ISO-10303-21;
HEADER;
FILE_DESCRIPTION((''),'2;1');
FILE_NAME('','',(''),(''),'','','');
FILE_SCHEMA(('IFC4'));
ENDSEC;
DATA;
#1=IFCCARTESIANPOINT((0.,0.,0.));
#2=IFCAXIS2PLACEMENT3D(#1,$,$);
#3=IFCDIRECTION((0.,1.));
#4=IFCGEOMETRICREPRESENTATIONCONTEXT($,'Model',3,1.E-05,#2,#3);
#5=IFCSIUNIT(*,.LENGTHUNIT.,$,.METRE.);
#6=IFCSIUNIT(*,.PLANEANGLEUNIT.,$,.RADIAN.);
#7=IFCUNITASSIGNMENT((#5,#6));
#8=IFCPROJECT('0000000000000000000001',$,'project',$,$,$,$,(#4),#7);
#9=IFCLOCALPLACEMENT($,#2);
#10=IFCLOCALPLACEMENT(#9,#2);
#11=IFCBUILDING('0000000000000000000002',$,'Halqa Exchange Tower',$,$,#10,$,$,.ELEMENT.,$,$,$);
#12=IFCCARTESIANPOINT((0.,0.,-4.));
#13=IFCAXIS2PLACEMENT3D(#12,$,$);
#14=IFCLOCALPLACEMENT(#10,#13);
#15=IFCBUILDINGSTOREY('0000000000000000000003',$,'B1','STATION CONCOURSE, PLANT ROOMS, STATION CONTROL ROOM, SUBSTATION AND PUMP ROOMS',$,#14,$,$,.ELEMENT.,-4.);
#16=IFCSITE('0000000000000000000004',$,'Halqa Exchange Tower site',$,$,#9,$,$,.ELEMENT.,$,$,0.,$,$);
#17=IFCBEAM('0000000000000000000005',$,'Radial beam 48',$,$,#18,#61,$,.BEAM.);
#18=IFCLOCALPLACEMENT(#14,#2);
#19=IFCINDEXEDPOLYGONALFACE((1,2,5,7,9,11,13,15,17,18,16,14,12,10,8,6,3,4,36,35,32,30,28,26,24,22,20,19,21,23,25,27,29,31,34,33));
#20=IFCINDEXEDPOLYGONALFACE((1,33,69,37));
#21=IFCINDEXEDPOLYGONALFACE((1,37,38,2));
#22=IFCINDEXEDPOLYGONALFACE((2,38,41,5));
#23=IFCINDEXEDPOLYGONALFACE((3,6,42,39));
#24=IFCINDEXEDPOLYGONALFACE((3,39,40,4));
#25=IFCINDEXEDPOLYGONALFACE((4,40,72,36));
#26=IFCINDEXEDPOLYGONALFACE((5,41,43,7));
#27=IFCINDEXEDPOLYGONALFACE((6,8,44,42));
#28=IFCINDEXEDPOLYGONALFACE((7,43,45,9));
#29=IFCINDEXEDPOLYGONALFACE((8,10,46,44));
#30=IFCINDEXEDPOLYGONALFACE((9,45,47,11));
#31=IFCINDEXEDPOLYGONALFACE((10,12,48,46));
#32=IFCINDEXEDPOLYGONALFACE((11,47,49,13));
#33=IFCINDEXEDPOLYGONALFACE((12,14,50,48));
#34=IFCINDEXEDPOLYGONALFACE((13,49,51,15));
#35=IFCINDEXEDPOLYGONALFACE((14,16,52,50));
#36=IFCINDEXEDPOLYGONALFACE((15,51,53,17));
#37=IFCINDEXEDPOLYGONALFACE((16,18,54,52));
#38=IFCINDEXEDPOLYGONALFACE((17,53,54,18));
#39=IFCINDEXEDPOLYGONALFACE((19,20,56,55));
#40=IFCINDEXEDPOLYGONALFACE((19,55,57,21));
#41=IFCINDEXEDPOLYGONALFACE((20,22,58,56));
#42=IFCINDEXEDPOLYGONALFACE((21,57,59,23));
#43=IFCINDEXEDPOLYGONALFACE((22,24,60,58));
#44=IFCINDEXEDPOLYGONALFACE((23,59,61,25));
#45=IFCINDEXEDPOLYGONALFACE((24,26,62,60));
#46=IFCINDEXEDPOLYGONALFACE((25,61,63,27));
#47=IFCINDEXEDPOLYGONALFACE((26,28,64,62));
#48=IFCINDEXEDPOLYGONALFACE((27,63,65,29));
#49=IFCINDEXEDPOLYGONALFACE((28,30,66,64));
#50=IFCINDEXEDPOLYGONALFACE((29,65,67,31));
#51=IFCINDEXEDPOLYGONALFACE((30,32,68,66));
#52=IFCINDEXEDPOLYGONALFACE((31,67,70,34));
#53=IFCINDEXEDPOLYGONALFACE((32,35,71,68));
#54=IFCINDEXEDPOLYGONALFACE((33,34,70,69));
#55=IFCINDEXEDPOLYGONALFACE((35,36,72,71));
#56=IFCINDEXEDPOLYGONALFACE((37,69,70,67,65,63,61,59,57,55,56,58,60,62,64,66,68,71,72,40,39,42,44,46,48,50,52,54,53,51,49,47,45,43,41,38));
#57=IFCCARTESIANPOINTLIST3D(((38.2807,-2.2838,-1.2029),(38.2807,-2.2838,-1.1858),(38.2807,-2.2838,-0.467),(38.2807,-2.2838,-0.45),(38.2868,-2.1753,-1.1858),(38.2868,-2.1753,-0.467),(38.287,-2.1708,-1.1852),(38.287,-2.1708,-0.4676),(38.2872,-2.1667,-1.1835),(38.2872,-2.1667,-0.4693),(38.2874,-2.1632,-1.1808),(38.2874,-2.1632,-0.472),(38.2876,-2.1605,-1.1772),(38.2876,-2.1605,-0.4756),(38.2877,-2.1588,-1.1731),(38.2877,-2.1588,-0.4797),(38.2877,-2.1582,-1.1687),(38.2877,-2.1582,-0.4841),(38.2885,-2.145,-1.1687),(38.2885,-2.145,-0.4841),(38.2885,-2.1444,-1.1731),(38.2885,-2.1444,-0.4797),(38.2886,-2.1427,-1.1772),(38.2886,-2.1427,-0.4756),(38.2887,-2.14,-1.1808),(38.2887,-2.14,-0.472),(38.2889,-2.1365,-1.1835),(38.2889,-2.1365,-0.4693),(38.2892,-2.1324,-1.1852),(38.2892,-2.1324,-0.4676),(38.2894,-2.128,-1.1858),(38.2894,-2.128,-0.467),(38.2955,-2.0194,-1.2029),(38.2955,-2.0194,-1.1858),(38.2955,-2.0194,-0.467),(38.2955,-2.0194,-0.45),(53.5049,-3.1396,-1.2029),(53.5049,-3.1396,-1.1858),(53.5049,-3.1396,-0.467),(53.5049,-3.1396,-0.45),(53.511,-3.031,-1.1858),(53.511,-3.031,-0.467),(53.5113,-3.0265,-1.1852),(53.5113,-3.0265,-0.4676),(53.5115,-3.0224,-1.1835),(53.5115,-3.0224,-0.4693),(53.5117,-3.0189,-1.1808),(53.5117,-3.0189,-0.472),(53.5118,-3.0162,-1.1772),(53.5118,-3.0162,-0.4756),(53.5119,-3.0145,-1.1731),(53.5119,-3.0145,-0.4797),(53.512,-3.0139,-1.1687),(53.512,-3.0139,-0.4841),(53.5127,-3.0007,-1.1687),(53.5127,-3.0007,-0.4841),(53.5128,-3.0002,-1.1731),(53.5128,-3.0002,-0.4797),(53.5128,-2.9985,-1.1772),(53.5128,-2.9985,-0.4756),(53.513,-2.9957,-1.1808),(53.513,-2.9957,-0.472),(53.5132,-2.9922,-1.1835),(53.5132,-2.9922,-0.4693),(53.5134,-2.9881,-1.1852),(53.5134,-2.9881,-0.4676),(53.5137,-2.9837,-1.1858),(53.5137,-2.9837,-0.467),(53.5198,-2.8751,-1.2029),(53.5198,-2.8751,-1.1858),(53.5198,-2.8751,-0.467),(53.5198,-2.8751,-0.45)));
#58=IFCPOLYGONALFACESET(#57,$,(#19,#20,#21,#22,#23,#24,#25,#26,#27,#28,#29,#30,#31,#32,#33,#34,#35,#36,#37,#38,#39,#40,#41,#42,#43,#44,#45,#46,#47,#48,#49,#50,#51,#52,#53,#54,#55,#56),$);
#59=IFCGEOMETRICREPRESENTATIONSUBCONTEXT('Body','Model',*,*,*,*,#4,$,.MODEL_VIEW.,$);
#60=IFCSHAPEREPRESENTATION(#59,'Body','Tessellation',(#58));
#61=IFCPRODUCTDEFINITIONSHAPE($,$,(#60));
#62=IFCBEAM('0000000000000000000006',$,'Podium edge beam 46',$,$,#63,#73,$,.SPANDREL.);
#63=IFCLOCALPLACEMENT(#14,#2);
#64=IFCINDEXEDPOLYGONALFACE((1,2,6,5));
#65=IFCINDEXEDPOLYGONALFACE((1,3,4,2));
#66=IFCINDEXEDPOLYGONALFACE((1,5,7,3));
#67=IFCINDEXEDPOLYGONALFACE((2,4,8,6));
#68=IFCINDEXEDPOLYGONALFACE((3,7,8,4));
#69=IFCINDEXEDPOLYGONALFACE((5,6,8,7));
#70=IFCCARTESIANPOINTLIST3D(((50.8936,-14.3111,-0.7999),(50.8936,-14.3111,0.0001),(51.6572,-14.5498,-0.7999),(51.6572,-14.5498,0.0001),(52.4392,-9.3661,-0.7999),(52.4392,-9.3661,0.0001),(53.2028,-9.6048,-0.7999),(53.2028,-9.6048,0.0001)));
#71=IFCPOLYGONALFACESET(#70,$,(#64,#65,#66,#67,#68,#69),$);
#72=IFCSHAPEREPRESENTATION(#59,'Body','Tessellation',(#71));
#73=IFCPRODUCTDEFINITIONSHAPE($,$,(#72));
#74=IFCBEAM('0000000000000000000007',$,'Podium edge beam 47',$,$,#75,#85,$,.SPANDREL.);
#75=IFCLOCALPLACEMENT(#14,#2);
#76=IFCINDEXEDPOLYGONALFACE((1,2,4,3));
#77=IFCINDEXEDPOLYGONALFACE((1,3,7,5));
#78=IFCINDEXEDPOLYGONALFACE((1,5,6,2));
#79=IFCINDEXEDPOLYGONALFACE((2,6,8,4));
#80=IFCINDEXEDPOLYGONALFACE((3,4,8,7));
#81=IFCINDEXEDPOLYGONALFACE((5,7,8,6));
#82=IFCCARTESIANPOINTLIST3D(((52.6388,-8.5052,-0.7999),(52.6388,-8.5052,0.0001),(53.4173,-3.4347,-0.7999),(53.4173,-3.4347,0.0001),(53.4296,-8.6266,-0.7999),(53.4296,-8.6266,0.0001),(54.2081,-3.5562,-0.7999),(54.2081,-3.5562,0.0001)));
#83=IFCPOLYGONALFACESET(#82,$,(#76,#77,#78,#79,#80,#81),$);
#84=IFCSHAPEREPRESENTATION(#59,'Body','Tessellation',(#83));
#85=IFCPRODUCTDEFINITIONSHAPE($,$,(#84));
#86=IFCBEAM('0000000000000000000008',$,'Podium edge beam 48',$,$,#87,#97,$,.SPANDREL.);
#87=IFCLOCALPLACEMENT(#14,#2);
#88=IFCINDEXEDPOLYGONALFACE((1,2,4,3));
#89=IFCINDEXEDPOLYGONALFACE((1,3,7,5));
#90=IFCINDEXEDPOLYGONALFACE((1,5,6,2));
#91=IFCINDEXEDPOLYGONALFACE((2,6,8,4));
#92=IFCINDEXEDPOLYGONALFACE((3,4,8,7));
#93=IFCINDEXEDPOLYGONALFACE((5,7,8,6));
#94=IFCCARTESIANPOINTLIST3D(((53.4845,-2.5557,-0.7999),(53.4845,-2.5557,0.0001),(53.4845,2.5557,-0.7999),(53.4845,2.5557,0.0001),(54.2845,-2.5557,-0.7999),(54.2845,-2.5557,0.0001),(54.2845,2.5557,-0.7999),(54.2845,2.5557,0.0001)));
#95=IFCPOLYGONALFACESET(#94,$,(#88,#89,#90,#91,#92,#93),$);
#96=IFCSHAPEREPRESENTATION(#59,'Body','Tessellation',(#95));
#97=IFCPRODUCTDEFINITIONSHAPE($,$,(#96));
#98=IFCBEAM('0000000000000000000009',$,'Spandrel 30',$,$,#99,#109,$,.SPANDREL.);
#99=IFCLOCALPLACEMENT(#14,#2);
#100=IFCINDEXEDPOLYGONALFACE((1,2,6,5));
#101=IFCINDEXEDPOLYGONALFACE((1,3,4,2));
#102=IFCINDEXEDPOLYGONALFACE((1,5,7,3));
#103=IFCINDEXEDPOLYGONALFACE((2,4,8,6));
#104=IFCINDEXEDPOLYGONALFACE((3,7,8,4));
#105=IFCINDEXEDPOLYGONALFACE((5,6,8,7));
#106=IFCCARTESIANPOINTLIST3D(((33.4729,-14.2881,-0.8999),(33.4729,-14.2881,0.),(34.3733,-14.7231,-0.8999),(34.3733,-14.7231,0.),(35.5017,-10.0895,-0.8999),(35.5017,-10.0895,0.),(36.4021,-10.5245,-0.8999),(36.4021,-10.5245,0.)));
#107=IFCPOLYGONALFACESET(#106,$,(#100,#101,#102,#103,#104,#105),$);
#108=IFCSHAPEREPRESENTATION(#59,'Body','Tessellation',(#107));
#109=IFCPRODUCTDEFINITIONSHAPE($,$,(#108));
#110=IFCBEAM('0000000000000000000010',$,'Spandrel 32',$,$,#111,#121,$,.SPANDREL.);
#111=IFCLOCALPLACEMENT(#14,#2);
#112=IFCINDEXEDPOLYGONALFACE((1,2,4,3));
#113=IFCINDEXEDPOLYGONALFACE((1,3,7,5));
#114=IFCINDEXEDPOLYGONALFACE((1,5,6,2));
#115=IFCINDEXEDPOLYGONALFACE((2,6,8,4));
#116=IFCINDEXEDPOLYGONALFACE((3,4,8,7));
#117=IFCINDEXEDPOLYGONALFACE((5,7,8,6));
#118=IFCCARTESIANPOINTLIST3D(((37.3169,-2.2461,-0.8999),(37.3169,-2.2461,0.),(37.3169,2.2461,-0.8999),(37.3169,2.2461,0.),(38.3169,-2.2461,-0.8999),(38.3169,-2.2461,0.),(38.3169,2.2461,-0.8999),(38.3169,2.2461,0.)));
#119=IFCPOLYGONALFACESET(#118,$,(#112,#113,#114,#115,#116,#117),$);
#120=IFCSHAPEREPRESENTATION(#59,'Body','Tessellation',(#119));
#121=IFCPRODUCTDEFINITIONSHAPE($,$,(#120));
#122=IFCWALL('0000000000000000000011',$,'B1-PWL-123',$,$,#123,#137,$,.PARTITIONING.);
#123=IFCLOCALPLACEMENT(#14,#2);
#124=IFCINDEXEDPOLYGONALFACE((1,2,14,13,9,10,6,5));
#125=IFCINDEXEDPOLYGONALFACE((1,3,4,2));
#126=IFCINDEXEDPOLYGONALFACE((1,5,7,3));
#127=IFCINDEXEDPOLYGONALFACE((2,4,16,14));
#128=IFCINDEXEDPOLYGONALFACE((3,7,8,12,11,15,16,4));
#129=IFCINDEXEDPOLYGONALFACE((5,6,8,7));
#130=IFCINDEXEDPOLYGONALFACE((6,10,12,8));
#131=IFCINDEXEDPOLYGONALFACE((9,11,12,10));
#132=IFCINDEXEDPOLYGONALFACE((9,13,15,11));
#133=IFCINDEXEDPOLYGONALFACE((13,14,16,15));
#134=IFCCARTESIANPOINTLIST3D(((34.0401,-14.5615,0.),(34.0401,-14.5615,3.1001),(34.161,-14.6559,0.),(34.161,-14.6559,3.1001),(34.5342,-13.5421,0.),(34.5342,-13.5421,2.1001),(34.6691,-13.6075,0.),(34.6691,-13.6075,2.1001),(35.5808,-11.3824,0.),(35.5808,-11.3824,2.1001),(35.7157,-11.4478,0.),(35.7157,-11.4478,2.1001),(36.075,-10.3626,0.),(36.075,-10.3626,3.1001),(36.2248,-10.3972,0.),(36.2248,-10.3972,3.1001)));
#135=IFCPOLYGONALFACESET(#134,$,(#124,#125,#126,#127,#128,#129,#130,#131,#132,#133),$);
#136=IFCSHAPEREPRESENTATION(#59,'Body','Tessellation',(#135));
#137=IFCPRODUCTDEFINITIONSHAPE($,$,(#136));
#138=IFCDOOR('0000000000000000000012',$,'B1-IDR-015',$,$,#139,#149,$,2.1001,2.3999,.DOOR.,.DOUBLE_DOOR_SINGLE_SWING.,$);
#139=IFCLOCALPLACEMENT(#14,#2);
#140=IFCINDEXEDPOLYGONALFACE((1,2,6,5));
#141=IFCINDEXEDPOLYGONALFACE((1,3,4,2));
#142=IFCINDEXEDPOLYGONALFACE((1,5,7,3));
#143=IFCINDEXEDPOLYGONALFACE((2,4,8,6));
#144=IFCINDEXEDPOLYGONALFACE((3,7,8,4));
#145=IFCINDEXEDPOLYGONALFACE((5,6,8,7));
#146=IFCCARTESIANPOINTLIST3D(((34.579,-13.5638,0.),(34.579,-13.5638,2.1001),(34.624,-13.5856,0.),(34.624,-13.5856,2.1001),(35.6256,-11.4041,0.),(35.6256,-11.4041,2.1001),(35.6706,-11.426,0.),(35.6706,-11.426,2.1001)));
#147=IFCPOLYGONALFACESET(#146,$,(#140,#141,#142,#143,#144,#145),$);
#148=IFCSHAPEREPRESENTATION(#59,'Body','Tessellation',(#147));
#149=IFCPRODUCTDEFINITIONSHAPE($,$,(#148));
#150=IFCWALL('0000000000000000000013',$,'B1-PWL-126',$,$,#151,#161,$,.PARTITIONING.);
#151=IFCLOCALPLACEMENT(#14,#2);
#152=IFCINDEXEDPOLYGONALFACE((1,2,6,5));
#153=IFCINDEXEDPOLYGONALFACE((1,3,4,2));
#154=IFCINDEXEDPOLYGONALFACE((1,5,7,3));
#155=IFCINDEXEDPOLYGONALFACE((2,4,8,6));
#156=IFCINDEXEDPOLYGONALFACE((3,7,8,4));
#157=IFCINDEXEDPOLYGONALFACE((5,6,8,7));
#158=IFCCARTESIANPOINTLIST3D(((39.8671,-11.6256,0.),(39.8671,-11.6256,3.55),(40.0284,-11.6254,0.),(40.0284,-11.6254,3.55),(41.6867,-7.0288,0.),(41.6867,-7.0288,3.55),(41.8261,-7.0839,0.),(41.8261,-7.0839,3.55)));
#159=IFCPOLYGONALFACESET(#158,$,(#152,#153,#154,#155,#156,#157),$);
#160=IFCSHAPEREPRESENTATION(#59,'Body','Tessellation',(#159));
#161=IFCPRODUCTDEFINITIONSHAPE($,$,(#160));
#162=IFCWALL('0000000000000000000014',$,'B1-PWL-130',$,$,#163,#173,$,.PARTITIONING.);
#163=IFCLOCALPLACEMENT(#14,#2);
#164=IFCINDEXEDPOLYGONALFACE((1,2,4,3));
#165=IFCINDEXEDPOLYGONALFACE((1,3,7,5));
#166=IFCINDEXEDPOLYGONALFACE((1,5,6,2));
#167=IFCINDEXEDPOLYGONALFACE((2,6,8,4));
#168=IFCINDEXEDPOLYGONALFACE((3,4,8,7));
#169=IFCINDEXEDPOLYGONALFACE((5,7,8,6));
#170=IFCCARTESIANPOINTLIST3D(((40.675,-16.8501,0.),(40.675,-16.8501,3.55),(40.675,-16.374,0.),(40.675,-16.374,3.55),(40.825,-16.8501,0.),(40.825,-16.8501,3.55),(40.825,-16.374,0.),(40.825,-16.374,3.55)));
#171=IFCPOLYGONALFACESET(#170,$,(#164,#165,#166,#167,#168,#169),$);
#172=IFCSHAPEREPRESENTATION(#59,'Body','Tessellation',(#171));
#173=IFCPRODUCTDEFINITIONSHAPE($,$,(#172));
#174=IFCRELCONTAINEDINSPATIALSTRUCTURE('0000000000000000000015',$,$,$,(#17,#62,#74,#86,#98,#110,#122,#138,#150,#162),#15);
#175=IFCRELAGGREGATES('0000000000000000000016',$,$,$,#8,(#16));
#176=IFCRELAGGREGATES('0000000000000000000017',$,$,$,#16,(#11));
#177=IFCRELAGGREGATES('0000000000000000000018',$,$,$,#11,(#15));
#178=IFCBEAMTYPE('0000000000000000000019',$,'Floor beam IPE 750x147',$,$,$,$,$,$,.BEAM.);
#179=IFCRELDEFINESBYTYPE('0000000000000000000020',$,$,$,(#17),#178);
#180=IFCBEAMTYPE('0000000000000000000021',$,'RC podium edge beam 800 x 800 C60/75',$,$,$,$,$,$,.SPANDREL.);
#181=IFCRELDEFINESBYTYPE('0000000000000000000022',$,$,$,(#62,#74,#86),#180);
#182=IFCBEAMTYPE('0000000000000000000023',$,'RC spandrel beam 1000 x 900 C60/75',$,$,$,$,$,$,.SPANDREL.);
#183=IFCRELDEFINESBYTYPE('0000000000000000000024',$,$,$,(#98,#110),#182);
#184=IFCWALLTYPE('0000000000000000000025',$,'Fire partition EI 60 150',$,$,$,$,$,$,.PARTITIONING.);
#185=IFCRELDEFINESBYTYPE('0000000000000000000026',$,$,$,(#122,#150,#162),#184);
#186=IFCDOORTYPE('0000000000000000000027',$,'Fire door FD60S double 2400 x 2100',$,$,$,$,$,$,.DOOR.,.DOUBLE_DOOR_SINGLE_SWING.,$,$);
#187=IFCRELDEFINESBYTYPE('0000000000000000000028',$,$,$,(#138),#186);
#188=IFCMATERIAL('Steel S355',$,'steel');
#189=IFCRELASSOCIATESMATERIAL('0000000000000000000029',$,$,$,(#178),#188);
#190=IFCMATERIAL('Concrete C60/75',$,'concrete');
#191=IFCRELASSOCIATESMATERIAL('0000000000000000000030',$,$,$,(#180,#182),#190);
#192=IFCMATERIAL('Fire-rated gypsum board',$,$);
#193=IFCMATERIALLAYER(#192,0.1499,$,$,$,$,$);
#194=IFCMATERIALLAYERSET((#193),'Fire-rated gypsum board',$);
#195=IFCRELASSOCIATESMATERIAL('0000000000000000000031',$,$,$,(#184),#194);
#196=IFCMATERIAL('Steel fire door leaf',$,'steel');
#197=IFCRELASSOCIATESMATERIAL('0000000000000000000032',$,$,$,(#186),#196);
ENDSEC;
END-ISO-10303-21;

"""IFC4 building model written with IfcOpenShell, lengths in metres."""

from ifc_helpers import new_model, si_unit, direction, frame, frame_2d, origin, origin_2d, place, context, subcontext, project, spatial, polyline, rectangle, i_section, outline, extrude, material, layer, layer_set, material_profile, profile_set, type_object, element, fill, save


model = new_model("IFC4")

# Units and contexts
model_context = context("Model", 3, precision=1e-05, world=origin(), true_north=direction((0.0, 1.0)))
body_context = subcontext(model_context, "Body", "Model", "MODEL_VIEW")
ifc_project = project(units=[si_unit("LENGTHUNIT", "METRE"), si_unit("PLANEANGLEUNIT", "RADIAN")], contexts=[model_context])

# Site, building, storey
site_placement = place(None, origin())
site = spatial("IfcSite", under=ifc_project, at=site_placement, Name="Halqa Exchange Tower site", CompositionType="ELEMENT", RefElevation=0.0)
building_placement = place(site_placement, origin())
building = spatial("IfcBuilding", under=site, at=building_placement, Name="Halqa Exchange Tower", CompositionType="ELEMENT")
storey_placement = place(building_placement, frame((0.0, 0.0, -4.0)))
storey = spatial("IfcBuildingStorey", under=building, at=storey_placement, Name="B1", Description="STATION CONCOURSE, PLANT ROOMS, STATION CONTROL ROOM, SUBSTATION AND PUMP ROOMS", CompositionType="ELEMENT", Elevation=-4.0)

# Shared definitions
ifc_material_1 = material(Name="Concrete C60/75", Category="concrete")

# Beams
ifc_material_2 = material(Name="Steel S355", Category="steel")
ifc_material_profile_1 = material_profile(ifc_material_2, i_section(OverallWidth=0.2649, OverallDepth=0.7529, WebThickness=0.0132, FlangeThickness=0.0171, FilletRadius=0.0171, at=origin_2d()), Name="IPE 750x147")
ifc_profile_set_1 = profile_set([ifc_material_profile_1], Name="Steel S355")
beam_type_1 = type_object("IfcBeamType", Name="Floor beam IPE 750x147", PredefinedType="BEAM", material=ifc_profile_set_1)
beam_1_placement = place(storey_placement, frame((38.2881, -2.1516, -0.8264), z_axis=(0.998424, -0.056118, 0.0), x_axis=(0.056118, 0.998424, 0.0)))
element("IfcBeam", 1, at=beam_1_placement, inside=storey, type_object=beam_type_1, Name="Radial beam 48", PredefinedType="BEAM", context=body_context, shape_type="SweptSolid", body=[
    extrude(i_section(OverallWidth=0.2649, OverallDepth=0.7529, WebThickness=0.0132, FlangeThickness=0.0171, FilletRadius=0.0171, at=origin_2d()), origin(), (0.0, 0.0, 1.0), 15.2483),
])
ifc_material_profile_2 = material_profile(ifc_material_1, rectangle(XDim=0.8, YDim=0.8, at=origin_2d()), Name="800 x 800")
ifc_profile_set_2 = profile_set([ifc_material_profile_2], Name="Concrete C60/75")
beam_type_2 = type_object("IfcBeamType", Name="RC podium edge beam 800 x 800 C60/75", PredefinedType="SPANDREL", material=ifc_profile_set_2)
beam_2_placement = place(storey_placement, frame((51.2754, -14.4304, -0.3999), z_axis=(0.298331, 0.954462, 0.0), x_axis=(-0.954462, 0.298331, 0.0)))
element("IfcBeam", 2, at=beam_2_placement, inside=storey, type_object=beam_type_2, Name="Podium edge beam 46", PredefinedType="SPANDREL", context=body_context, shape_type="SweptSolid", body=[
    extrude(rectangle(XDim=0.8, YDim=0.8, at=origin_2d()), origin(), (0.0, 0.0, 1.0), 5.1809),
])
beam_3_placement = place(storey_placement, frame((53.0342, -8.5659, -0.3999), z_axis=(0.151768, 0.988416, 0.0), x_axis=(-0.988416, 0.151768, 0.0)))
element("IfcBeam", 3, at=beam_3_placement, inside=storey, type_object=beam_type_2, Name="Podium edge beam 47", PredefinedType="SPANDREL", context=body_context, shape_type="SweptSolid", body=[
    extrude(rectangle(XDim=0.8, YDim=0.8, at=origin_2d()), origin(), (0.0, 0.0, 1.0), 5.1299),
])
beam_4_placement = place(storey_placement, frame((53.8845, -2.5557, -0.3999), z_axis=(0.0, 1.0, 0.0), x_axis=(-1.0, 0.0, 0.0)))
element("IfcBeam", 4, at=beam_4_placement, inside=storey, type_object=beam_type_2, Name="Podium edge beam 48", PredefinedType="SPANDREL", context=body_context, shape_type="SweptSolid", body=[
    extrude(rectangle(XDim=0.8, YDim=0.8, at=origin_2d()), origin(), (0.0, 0.0, 1.0), 5.1113),
])
ifc_material_profile_3 = material_profile(ifc_material_1, rectangle(XDim=1.0, YDim=0.8999, at=origin_2d()), Name="1000 x 900")
ifc_profile_set_3 = profile_set([ifc_material_profile_3], Name="Concrete C60/75")
beam_type_3 = type_object("IfcBeamType", Name="RC spandrel beam 1000 x 900 C60/75", PredefinedType="SPANDREL", material=ifc_profile_set_3)
beam_5_placement = place(storey_placement, frame((33.9231, -14.5056, -0.45), z_axis=(0.435068, 0.900397, 0.0), x_axis=(-0.900397, 0.435068, 0.0)))
element("IfcBeam", 5, at=beam_5_placement, inside=storey, type_object=beam_type_3, Name="Spandrel 30", PredefinedType="SPANDREL", context=body_context, shape_type="SweptSolid", body=[
    extrude(rectangle(XDim=1.0, YDim=0.8999, at=origin_2d()), origin(), (0.0, 0.0, 1.0), 4.6631),
])
beam_6_placement = place(storey_placement, frame((37.8169, -2.2461, -0.45), z_axis=(0.0, 1.0, 0.0), x_axis=(-1.0, 0.0, 0.0)))
element("IfcBeam", 6, at=beam_6_placement, inside=storey, type_object=beam_type_3, Name="Spandrel 32", PredefinedType="SPANDREL", context=body_context, shape_type="SweptSolid", body=[
    extrude(rectangle(XDim=1.0, YDim=0.8999, at=origin_2d()), origin(), (0.0, 0.0, 1.0), 4.4922),
])

# Wall, opening, door
ifc_material_3 = material(Name="Fire-rated gypsum board")
ifc_layer_1 = layer(ifc_material_3, 0.1499)
ifc_layer_set_1 = layer_set([ifc_layer_1], Name="Fire-rated gypsum board")
wall_type_1 = type_object("IfcWallType", Name="Fire partition EI 60 150", PredefinedType="PARTITIONING", material=ifc_layer_set_1)
wall_1_placement = place(storey_placement, frame((36.1499, -10.3799, 0.0), z_axis=(0.0, 0.0, 1.0), x_axis=(-0.436103, -0.899897, 0.0)))
wall_1 = element("IfcWall", 7, at=wall_1_placement, inside=storey, type_object=wall_type_1, Name="B1-PWL-123", PredefinedType="PARTITIONING", context=body_context, shape_type="SweptSolid", body=[
    extrude(outline(polyline([(0.0171, -0.075), (4.6831, -0.075), (4.7153, 0.075), (-0.0171, 0.075), (0.0171, -0.075)])), origin(), (0.0, 0.0, 1.0), 3.1001),
])
opening_1_placement = place(wall_1_placement, frame((1.1504, 0.0, 0.0)))
opening_1 = element("IfcOpeningElement", 8, at=opening_1_placement, cuts=wall_1, PredefinedType="OPENING", context=body_context, shape_type="SweptSolid", body=[
    extrude(rectangle(XDim=2.3999, YDim=2.1001, at=frame_2d((1.2, 1.05))), frame((0.0, 0.0869, 0.0), z_axis=(0.0, -1.0, 0.0), x_axis=(1.0, 0.0, 0.0)), (0.0, 0.0, 1.0), 0.1738),
])
ifc_material_4 = material(Name="Steel fire door leaf", Category="steel")
door_type_1 = type_object("IfcDoorType", Name="Fire door FD60S double 2400 x 2100", OperationType="DOUBLE_DOOR_SINGLE_SWING", PredefinedType="DOOR", material=ifc_material_4)
door_1_placement = place(opening_1_placement, origin())
door_1 = element("IfcDoor", 9, at=door_1_placement, inside=storey, type_object=door_type_1, Name="B1-IDR-015", OperationType="DOUBLE_DOOR_SINGLE_SWING", OverallHeight=2.1001, OverallWidth=2.3999, PredefinedType="DOOR", context=body_context, shape_type="SweptSolid", body=[
    extrude(rectangle(XDim=2.3999, YDim=2.1001, at=frame_2d((1.2, 1.05))), frame((0.0, 0.0249, 0.0), z_axis=(0.0, -1.0, 0.0), x_axis=(1.0, 0.0, 0.0)), (0.0, 0.0, 1.0), 0.05),
])
fill(opening_1, door_1)

# Walls
wall_2_placement = place(storey_placement, frame((39.9478, -11.6255, 0.0), z_axis=(0.0, 0.0, 1.0), x_axis=(0.368048, 0.929807, 0.0)))
element("IfcWall", 10, at=wall_2_placement, inside=storey, type_object=wall_type_1, Name="B1-PWL-126", PredefinedType="PARTITIONING", context=body_context, shape_type="SweptSolid", body=[
    extrude(outline(polyline([(0.0298, -0.075), (4.9141, -0.075), (4.9141, 0.075), (-0.0298, 0.075), (0.0298, -0.075)])), origin(), (0.0, 0.0, 1.0), 3.55),
])
wall_3_placement = place(storey_placement, frame((40.75, -16.374, 0.0), z_axis=(0.0, 0.0, 1.0), x_axis=(0.0, -1.0, 0.0)))
element("IfcWall", 11, at=wall_3_placement, inside=storey, type_object=wall_type_1, Name="B1-PWL-130", PredefinedType="PARTITIONING", context=body_context, shape_type="SweptSolid", body=[
    extrude(rectangle(XDim=0.4761, YDim=0.1499, at=frame_2d((0.238, 0.0))), origin(), (0.0, 0.0, 1.0), 3.55),
])

save(model, "model.ifc")
